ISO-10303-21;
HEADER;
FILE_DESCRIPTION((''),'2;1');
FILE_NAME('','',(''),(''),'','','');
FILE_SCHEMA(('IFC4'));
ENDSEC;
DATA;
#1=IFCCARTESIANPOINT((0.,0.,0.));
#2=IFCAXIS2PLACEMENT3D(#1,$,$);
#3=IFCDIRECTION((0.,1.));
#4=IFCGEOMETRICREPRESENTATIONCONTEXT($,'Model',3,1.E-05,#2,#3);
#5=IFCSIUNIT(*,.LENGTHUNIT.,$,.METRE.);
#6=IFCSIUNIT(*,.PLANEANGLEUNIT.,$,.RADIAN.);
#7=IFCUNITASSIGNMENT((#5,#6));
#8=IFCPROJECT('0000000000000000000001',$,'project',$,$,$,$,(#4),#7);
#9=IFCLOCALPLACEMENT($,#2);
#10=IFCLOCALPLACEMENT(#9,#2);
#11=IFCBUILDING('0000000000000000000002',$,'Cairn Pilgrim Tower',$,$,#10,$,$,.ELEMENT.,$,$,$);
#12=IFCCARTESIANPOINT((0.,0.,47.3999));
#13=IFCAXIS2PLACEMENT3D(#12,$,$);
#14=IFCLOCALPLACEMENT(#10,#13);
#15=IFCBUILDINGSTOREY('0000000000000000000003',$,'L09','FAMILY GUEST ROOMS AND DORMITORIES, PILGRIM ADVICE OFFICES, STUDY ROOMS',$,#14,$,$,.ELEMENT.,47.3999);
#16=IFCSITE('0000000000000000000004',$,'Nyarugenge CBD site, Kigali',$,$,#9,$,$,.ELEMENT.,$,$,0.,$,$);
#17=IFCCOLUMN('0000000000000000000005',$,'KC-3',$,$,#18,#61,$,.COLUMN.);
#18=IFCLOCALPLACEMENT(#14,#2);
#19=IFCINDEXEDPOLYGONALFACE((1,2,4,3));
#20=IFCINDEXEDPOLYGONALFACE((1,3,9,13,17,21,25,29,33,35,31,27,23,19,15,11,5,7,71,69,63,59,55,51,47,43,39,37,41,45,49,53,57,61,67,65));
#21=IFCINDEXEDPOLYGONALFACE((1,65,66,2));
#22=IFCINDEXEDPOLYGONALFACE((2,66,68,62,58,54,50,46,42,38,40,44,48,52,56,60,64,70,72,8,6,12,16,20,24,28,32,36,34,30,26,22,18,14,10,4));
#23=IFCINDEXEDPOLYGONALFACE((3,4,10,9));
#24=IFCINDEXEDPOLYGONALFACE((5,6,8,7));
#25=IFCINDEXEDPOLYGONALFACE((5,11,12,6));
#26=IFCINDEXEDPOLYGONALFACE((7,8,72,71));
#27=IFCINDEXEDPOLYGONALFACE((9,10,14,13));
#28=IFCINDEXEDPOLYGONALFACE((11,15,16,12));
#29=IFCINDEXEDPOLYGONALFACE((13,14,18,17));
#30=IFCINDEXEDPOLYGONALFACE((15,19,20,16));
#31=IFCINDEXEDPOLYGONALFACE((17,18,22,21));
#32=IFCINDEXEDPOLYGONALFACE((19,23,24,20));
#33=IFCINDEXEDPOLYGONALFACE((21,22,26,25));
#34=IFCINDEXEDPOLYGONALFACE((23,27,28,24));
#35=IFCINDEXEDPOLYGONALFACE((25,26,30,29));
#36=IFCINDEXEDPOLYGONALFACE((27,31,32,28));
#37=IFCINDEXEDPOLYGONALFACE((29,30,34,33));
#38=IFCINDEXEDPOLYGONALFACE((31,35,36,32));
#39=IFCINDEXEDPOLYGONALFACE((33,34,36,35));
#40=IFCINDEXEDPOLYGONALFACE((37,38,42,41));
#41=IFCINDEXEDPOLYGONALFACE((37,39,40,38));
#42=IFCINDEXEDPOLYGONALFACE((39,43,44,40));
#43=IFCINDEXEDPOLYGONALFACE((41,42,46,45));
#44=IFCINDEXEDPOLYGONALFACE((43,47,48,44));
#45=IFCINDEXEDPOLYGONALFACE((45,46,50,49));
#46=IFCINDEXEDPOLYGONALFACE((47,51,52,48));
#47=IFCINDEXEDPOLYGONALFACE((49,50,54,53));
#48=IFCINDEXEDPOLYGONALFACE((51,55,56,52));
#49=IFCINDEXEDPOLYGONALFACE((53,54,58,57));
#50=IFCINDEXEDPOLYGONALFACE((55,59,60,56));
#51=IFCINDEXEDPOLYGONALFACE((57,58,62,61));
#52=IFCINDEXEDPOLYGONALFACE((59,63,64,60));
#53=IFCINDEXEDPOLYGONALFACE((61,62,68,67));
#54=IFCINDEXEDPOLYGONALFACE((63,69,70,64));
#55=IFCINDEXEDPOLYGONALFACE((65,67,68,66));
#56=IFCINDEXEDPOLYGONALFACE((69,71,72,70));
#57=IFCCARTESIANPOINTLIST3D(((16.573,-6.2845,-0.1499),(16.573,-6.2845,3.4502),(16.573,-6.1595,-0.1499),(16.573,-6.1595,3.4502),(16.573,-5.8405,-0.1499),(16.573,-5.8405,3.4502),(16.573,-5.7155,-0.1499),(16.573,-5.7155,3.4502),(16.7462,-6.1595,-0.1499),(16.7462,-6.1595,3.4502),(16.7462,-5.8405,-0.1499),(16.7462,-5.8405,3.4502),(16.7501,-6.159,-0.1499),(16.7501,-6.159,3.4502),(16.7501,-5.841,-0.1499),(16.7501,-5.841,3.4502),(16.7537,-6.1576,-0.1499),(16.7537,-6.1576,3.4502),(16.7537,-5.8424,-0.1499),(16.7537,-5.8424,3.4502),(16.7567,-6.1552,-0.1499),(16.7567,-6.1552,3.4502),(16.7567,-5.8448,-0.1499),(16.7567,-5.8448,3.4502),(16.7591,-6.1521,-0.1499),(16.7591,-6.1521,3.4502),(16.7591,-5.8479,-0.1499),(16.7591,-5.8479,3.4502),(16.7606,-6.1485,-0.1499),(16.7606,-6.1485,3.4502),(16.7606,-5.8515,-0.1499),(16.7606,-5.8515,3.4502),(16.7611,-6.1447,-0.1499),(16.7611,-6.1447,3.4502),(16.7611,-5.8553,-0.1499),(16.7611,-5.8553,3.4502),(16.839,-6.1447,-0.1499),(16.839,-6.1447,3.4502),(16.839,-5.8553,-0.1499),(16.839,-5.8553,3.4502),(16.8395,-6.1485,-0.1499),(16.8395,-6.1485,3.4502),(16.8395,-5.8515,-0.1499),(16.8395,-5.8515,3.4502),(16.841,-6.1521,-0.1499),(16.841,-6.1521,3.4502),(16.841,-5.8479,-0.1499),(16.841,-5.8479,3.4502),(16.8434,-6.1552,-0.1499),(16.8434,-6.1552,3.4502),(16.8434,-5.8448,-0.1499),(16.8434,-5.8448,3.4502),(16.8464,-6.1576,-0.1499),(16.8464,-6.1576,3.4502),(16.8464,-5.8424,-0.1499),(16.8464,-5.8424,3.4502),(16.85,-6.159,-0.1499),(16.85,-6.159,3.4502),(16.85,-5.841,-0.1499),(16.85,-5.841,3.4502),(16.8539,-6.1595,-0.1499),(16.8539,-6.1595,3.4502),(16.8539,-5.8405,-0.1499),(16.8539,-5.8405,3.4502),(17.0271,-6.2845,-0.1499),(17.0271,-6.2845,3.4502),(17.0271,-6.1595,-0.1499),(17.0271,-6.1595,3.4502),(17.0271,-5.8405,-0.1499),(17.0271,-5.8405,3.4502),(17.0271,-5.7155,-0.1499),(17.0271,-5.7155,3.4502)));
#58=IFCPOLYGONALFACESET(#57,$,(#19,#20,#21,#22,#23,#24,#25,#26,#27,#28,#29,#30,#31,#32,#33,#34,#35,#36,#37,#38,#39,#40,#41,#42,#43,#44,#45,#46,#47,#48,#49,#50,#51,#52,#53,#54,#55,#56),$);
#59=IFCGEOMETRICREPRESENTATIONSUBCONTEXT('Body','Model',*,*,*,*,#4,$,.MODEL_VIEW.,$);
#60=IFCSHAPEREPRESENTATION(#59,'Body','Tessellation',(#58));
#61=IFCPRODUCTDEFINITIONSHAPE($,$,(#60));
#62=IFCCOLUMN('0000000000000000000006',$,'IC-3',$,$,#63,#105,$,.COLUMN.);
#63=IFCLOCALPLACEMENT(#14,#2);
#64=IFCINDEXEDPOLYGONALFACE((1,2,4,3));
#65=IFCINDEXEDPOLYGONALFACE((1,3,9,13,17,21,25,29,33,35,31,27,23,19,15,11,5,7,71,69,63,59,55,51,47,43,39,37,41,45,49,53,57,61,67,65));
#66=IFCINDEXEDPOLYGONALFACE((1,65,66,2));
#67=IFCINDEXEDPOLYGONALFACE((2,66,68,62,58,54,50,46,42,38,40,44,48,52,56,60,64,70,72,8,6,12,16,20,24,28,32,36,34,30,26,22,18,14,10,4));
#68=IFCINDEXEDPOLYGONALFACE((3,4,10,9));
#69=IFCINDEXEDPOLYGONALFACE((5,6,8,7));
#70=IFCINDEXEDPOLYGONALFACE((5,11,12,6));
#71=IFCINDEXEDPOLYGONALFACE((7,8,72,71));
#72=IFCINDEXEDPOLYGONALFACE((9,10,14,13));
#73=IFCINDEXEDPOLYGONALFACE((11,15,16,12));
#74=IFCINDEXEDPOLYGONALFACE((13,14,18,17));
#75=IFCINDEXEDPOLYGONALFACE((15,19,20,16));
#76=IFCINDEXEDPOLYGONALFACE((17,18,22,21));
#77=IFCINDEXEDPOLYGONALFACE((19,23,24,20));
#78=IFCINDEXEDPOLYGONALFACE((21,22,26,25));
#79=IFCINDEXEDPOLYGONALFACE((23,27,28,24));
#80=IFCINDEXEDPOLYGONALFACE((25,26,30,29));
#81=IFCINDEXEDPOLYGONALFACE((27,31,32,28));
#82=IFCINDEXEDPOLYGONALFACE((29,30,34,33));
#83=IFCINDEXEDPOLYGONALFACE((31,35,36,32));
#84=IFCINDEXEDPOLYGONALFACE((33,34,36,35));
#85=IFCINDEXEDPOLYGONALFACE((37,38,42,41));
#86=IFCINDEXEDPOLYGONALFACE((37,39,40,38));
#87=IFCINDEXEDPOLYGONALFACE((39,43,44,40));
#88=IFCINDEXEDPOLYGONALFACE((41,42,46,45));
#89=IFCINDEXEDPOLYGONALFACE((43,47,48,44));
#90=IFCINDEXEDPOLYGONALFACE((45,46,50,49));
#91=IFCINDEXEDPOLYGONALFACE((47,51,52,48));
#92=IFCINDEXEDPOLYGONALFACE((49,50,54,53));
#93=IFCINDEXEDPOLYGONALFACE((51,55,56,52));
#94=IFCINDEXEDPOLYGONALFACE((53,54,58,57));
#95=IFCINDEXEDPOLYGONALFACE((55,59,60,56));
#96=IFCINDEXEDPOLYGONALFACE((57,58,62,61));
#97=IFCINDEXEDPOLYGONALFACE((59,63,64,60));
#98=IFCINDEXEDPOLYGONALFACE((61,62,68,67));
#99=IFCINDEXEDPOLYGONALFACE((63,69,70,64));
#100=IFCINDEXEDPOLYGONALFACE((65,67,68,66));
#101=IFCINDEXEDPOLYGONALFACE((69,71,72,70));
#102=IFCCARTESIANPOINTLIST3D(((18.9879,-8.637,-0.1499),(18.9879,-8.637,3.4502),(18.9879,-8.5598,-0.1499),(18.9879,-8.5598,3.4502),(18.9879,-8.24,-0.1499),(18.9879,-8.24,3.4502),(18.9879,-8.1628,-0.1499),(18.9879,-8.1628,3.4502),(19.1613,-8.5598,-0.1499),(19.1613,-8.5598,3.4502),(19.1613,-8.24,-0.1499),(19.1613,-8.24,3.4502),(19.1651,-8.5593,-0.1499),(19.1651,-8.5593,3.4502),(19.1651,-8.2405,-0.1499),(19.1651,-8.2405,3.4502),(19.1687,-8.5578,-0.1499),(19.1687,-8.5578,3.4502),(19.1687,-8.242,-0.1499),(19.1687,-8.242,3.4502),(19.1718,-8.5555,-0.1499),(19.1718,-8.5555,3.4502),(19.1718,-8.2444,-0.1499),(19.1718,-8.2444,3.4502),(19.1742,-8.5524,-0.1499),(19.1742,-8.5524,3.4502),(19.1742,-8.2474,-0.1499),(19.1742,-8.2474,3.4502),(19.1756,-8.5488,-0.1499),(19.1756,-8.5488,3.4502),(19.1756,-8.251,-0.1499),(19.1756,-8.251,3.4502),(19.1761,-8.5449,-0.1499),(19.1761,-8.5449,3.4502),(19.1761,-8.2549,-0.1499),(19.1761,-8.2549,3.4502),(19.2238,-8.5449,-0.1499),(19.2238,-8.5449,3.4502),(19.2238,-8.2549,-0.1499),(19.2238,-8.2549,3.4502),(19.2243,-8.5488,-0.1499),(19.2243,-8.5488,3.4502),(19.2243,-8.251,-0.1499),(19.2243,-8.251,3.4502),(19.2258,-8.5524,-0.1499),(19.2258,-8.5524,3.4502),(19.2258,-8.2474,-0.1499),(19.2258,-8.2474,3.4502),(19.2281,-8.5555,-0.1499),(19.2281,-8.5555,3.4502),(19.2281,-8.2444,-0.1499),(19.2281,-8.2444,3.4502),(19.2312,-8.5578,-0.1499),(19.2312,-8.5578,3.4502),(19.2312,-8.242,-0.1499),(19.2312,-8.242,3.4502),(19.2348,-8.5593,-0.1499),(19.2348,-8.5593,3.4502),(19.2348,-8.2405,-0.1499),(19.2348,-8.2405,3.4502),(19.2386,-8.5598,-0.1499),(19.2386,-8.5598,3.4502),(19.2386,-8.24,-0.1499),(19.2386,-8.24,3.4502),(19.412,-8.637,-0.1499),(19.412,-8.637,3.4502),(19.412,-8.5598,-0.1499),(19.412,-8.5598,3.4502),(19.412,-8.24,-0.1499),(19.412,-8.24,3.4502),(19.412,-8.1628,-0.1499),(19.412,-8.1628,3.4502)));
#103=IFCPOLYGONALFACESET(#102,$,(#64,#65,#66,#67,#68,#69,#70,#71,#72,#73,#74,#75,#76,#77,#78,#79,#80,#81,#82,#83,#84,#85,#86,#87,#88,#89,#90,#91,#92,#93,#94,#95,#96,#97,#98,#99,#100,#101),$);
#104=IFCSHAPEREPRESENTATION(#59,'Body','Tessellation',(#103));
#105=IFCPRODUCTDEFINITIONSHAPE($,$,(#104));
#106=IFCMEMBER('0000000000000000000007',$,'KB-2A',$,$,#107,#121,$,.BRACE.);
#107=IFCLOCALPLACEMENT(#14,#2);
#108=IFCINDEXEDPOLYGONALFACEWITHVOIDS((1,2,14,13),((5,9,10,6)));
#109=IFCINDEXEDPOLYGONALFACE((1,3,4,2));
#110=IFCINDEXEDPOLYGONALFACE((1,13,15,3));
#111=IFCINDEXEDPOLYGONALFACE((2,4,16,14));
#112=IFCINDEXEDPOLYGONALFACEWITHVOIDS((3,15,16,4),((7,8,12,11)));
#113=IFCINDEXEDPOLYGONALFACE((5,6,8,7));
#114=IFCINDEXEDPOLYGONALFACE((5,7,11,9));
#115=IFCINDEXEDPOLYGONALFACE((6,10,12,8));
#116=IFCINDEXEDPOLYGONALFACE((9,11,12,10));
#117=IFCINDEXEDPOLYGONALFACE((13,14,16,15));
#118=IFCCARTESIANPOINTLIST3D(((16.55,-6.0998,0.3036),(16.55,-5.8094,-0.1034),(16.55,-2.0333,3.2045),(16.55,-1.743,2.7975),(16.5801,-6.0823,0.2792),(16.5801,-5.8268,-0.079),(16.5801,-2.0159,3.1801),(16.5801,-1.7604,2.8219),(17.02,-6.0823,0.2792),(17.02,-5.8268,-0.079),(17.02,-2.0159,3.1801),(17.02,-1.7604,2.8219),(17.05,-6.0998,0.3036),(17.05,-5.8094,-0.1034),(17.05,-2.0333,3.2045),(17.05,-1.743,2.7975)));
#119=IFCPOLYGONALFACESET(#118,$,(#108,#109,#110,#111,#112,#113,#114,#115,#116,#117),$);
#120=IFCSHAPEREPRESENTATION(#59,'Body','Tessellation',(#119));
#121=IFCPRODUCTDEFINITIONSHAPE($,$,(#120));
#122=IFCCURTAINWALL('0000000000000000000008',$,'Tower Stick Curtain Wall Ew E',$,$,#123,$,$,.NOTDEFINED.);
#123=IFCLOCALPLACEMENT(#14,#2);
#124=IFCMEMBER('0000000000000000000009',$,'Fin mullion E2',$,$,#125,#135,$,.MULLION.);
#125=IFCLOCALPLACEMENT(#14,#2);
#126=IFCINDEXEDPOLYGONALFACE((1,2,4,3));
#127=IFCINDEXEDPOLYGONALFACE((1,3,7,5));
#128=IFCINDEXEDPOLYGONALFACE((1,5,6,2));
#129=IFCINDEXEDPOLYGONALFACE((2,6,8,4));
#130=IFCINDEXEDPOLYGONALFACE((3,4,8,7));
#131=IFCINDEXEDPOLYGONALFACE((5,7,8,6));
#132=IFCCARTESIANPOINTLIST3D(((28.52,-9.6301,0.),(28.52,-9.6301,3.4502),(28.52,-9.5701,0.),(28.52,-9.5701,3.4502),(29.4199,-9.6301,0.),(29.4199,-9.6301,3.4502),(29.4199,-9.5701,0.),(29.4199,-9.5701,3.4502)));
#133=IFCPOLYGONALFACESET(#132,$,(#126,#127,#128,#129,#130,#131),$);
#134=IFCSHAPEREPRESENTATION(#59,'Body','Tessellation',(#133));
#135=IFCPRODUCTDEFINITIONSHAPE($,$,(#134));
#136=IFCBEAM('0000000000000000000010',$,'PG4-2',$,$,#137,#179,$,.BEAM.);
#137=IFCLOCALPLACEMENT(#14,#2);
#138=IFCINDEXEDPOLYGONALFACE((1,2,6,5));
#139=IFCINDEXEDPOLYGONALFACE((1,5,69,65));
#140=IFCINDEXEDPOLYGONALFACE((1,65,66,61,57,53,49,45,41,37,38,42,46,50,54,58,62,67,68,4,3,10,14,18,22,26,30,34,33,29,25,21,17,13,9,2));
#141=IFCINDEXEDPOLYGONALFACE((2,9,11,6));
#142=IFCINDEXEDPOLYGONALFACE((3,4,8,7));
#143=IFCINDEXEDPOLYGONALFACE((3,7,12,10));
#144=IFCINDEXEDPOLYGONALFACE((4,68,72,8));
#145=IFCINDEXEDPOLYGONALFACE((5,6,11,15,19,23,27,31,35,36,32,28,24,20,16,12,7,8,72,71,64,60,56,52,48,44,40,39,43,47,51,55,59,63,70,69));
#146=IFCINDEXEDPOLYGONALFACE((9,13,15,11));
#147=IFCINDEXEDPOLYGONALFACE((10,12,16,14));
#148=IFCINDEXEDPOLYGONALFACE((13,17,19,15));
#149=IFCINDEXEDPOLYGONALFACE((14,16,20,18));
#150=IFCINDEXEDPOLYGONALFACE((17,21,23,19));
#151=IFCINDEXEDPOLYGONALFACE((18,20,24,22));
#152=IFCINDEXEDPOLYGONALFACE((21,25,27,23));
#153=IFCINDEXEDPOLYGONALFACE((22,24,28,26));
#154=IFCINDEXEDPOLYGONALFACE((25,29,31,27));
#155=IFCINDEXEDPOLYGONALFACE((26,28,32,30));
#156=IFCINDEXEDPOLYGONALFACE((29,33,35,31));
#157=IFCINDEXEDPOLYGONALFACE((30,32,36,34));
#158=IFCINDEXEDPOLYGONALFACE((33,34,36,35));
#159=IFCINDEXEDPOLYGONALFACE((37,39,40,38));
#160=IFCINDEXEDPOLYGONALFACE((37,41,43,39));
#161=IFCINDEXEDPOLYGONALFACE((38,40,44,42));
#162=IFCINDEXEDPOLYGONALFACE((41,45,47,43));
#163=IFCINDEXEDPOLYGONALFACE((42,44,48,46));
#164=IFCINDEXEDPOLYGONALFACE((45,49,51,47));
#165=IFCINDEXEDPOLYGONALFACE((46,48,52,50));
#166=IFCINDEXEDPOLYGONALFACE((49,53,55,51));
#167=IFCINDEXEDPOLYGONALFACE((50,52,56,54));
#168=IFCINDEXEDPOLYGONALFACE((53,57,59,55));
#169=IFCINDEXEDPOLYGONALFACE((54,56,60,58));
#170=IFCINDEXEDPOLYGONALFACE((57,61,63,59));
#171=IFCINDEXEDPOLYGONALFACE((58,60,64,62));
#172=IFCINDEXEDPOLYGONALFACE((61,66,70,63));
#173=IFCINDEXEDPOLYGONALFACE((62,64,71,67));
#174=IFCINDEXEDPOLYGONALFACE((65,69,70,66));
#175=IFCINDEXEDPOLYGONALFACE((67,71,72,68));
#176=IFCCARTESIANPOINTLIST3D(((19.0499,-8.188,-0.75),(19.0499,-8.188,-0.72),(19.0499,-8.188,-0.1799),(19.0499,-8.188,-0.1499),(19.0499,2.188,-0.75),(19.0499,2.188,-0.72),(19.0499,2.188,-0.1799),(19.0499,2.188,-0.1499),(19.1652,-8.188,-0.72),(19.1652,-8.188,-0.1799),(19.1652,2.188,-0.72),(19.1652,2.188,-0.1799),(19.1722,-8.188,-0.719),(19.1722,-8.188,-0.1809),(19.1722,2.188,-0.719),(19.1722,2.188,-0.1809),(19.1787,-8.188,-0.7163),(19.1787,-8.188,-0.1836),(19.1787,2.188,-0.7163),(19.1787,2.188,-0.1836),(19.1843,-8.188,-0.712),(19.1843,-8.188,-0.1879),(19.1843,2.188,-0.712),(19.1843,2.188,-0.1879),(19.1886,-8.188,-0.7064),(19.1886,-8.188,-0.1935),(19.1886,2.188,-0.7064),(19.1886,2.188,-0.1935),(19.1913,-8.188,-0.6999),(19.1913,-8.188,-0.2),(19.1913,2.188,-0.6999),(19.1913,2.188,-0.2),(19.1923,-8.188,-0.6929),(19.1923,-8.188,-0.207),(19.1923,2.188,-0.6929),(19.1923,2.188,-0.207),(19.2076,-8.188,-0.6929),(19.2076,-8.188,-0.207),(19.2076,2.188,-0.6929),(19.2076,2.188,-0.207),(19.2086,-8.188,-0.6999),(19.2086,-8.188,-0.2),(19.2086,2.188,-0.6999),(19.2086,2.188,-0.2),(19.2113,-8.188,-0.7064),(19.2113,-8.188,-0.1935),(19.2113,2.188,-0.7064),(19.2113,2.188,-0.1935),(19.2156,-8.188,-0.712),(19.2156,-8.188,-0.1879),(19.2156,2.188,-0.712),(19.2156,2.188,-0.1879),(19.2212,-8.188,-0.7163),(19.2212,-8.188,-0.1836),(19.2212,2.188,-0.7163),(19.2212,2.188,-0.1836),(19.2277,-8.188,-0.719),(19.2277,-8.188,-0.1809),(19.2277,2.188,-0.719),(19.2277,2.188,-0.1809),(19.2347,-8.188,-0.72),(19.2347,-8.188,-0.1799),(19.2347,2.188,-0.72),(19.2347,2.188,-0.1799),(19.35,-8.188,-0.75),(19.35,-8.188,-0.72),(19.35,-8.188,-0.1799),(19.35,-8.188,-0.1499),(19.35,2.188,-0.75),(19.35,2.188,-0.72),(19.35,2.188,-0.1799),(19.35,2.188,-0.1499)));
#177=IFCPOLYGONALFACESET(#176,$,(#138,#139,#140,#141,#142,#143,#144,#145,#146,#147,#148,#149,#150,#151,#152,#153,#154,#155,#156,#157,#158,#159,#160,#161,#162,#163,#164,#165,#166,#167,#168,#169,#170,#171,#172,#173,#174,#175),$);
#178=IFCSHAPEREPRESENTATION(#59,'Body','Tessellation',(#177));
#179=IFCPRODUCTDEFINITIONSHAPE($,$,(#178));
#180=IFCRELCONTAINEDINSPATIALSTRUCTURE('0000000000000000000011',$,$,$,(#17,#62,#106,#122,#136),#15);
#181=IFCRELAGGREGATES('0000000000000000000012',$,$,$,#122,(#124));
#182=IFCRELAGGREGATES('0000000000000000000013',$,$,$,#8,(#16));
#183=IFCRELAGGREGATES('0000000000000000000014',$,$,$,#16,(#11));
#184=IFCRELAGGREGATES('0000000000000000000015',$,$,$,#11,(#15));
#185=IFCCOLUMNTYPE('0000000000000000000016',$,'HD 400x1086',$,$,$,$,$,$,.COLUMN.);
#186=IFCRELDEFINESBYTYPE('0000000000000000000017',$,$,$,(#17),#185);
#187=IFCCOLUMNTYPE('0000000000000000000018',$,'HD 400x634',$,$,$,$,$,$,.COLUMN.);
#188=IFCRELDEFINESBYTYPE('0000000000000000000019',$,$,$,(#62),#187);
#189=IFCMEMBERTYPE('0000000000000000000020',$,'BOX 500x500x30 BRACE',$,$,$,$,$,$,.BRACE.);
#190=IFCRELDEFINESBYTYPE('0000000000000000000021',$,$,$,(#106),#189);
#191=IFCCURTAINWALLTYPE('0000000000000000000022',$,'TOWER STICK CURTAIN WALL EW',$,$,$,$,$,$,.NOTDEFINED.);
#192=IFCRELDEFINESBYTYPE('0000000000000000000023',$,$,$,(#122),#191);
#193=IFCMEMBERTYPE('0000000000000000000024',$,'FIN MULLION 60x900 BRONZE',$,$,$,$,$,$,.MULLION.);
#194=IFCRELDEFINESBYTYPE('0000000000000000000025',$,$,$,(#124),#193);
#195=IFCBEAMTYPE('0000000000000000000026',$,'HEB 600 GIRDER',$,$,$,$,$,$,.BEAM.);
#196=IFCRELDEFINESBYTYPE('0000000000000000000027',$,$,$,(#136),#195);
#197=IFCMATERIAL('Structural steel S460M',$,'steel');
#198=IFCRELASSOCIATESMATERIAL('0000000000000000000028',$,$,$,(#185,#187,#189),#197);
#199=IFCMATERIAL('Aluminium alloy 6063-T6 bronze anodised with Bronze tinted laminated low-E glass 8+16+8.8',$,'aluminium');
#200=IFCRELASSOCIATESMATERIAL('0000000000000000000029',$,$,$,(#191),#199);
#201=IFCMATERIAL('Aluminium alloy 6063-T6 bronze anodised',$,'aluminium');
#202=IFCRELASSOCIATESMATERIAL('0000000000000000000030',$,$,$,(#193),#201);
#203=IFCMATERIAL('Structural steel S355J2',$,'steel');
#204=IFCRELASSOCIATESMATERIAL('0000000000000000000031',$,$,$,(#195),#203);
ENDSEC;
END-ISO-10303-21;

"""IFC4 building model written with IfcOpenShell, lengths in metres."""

from ifc_helpers import new_model, si_unit, direction, frame, origin, origin_2d, place, context, subcontext, project, spatial, rectangle, hollow_rectangle, i_section, extrude, material, material_profile, profile_set, type_object, element, aggregate, save


model = new_model("IFC4")

# Units and contexts
model_context = context("Model", 3, precision=1e-05, world=origin(), true_north=direction((0.0, 1.0)))
body_context = subcontext(model_context, "Body", "Model", "MODEL_VIEW")
ifc_project = project(units=[si_unit("LENGTHUNIT", "METRE"), si_unit("PLANEANGLEUNIT", "RADIAN")], contexts=[model_context])

# Site, building, storey
site_placement = place(None, origin())
site = spatial("IfcSite", under=ifc_project, at=site_placement, Name="Nyarugenge CBD site, Kigali", CompositionType="ELEMENT", RefElevation=0.0)
building_placement = place(site_placement, origin())
building = spatial("IfcBuilding", under=site, at=building_placement, Name="Cairn Pilgrim Tower", CompositionType="ELEMENT")
storey_placement = place(building_placement, frame((0.0, 0.0, 47.3999)))
storey = spatial("IfcBuildingStorey", under=building, at=storey_placement, Name="L09", Description="FAMILY GUEST ROOMS AND DORMITORIES, PILGRIM ADVICE OFFICES, STUDY ROOMS", CompositionType="ELEMENT", Elevation=47.3999)

# Columns
ifc_material_1 = material(Name="Structural steel S460M", Category="steel")
ifc_material_profile_1 = material_profile(ifc_material_1, i_section(OverallWidth=0.4541, OverallDepth=0.5691, WebThickness=0.0779, FlangeThickness=0.125, FilletRadius=0.0149, at=origin_2d()), Name="HD 400x1086")
ifc_profile_set_1 = profile_set([ifc_material_profile_1], Name="Structural steel S460M")
column_type_1 = type_object("IfcColumnType", Name="HD 400x1086", PredefinedType="COLUMN", material=ifc_profile_set_1)
column_1_placement = place(storey_placement, frame((16.8, -6.0, -0.1499), z_axis=(0.0, 0.0, 1.0), x_axis=(1.0, 0.0, 0.0)))
element("IfcColumn", 1, at=column_1_placement, inside=storey, type_object=column_type_1, Name="KC-3", PredefinedType="COLUMN", context=body_context, shape_type="SweptSolid", body=[
    extrude(i_section(OverallWidth=0.4541, OverallDepth=0.5691, WebThickness=0.0779, FlangeThickness=0.125, FilletRadius=0.0149, at=origin_2d()), origin(), (0.0, 0.0, 1.0), 3.6001),
])
ifc_material_profile_2 = material_profile(ifc_material_1, i_section(OverallWidth=0.4241, OverallDepth=0.4741, WebThickness=0.0476, FlangeThickness=0.0771, FilletRadius=0.0149, at=origin_2d()), Name="HD 400x634")
ifc_profile_set_2 = profile_set([ifc_material_profile_2], Name="Structural steel S460M")
column_type_2 = type_object("IfcColumnType", Name="HD 400x634", PredefinedType="COLUMN", material=ifc_profile_set_2)
column_2_placement = place(storey_placement, frame((19.2, -8.3999, -0.1499), z_axis=(0.0, 0.0, 1.0), x_axis=(1.0, 0.0, 0.0)))
element("IfcColumn", 2, at=column_2_placement, inside=storey, type_object=column_type_2, Name="IC-3", PredefinedType="COLUMN", context=body_context, shape_type="SweptSolid", body=[
    extrude(i_section(OverallWidth=0.4241, OverallDepth=0.4741, WebThickness=0.0476, FlangeThickness=0.0771, FilletRadius=0.0149, at=origin_2d()), origin(), (0.0, 0.0, 1.0), 3.6001),
])

# Member
ifc_material_profile_3 = material_profile(ifc_material_1, hollow_rectangle(XDim=0.5, YDim=0.5, WallThickness=0.03, at=origin_2d()), Name="BOX 500x500x30")
ifc_profile_set_3 = profile_set([ifc_material_profile_3], Name="Structural steel S460M")
member_type_1 = type_object("IfcMemberType", Name="BOX 500x500x30 BRACE", PredefinedType="BRACE", material=ifc_profile_set_3)
member_1_placement = place(storey_placement, frame((16.8, -5.9546, 0.1001), z_axis=(0.0, 0.814083, 0.580748), x_axis=(-1.0, 0.0, 0.0)))
element("IfcMember", 3, at=member_1_placement, inside=storey, type_object=member_type_1, Name="KB-2A", PredefinedType="BRACE", context=body_context, shape_type="SweptSolid", body=[
    extrude(hollow_rectangle(XDim=0.5, YDim=0.5, WallThickness=0.03, at=origin_2d()), origin(), (0.0, 0.0, 1.0), 4.9951),
])

# Curtain wall, member
ifc_material_2 = material(Name="Aluminium alloy 6063-T6 bronze anodised with Bronze tinted laminated low-E glass 8+16+8.8", Category="aluminium")
curtain_wall_type = type_object("IfcCurtainWallType", Name="TOWER STICK CURTAIN WALL EW", PredefinedType="NOTDEFINED", material=ifc_material_2)
curtain_wall_placement = place(storey_placement, origin())
curtain_wall = element("IfcCurtainWall", 4, at=curtain_wall_placement, inside=storey, type_object=curtain_wall_type, Name="Tower Stick Curtain Wall Ew E", PredefinedType="NOTDEFINED")
ifc_material_3 = material(Name="Aluminium alloy 6063-T6 bronze anodised", Category="aluminium")
ifc_material_profile_4 = material_profile(ifc_material_3, rectangle(XDim=0.8999, YDim=0.0601, at=origin_2d()), Name="FIN MULLION 60x900 BRONZE")
ifc_profile_set_4 = profile_set([ifc_material_profile_4], Name="Aluminium alloy 6063-T6 bronze anodised")
member_type_2 = type_object("IfcMemberType", Name="FIN MULLION 60x900 BRONZE", PredefinedType="MULLION", material=ifc_profile_set_4)
member_2_placement = place(storey_placement, frame((28.97, -9.6001, 0.0), z_axis=(0.0, 0.0, 1.0), x_axis=(1.0, 0.0, 0.0)))
member_2 = element("IfcMember", 5, at=member_2_placement, type_object=member_type_2, Name="Fin mullion E2", PredefinedType="MULLION", context=body_context, shape_type="SweptSolid", body=[
    extrude(rectangle(XDim=0.8999, YDim=0.0601, at=origin_2d()), origin(), (0.0, 0.0, 1.0), 3.4502),
])

# Beam
ifc_material_4 = material(Name="Structural steel S355J2", Category="steel")
ifc_material_profile_5 = material_profile(ifc_material_4, i_section(OverallWidth=0.3, OverallDepth=0.6001, WebThickness=0.0154, FlangeThickness=0.03, FilletRadius=0.0271, at=origin_2d()), Name="HEB 600")
ifc_profile_set_5 = profile_set([ifc_material_profile_5], Name="Structural steel S355J2")
beam_type_1 = type_object("IfcBeamType", Name="HEB 600 GIRDER", PredefinedType="BEAM", material=ifc_profile_set_5)
beam_1_placement = place(storey_placement, frame((19.2, -8.188, -0.45), z_axis=(0.0, 1.0, 0.0), x_axis=(-1.0, 0.0, 0.0)))
element("IfcBeam", 6, at=beam_1_placement, inside=storey, type_object=beam_type_1, Name="PG4-2", PredefinedType="BEAM", context=body_context, shape_type="SweptSolid", body=[
    extrude(i_section(OverallWidth=0.3, OverallDepth=0.6001, WebThickness=0.0154, FlangeThickness=0.03, FilletRadius=0.0271, at=origin_2d()), origin(), (0.0, 0.0, 1.0), 10.376),
])

aggregate(curtain_wall, [member_2])

save(model, "model.ifc")
